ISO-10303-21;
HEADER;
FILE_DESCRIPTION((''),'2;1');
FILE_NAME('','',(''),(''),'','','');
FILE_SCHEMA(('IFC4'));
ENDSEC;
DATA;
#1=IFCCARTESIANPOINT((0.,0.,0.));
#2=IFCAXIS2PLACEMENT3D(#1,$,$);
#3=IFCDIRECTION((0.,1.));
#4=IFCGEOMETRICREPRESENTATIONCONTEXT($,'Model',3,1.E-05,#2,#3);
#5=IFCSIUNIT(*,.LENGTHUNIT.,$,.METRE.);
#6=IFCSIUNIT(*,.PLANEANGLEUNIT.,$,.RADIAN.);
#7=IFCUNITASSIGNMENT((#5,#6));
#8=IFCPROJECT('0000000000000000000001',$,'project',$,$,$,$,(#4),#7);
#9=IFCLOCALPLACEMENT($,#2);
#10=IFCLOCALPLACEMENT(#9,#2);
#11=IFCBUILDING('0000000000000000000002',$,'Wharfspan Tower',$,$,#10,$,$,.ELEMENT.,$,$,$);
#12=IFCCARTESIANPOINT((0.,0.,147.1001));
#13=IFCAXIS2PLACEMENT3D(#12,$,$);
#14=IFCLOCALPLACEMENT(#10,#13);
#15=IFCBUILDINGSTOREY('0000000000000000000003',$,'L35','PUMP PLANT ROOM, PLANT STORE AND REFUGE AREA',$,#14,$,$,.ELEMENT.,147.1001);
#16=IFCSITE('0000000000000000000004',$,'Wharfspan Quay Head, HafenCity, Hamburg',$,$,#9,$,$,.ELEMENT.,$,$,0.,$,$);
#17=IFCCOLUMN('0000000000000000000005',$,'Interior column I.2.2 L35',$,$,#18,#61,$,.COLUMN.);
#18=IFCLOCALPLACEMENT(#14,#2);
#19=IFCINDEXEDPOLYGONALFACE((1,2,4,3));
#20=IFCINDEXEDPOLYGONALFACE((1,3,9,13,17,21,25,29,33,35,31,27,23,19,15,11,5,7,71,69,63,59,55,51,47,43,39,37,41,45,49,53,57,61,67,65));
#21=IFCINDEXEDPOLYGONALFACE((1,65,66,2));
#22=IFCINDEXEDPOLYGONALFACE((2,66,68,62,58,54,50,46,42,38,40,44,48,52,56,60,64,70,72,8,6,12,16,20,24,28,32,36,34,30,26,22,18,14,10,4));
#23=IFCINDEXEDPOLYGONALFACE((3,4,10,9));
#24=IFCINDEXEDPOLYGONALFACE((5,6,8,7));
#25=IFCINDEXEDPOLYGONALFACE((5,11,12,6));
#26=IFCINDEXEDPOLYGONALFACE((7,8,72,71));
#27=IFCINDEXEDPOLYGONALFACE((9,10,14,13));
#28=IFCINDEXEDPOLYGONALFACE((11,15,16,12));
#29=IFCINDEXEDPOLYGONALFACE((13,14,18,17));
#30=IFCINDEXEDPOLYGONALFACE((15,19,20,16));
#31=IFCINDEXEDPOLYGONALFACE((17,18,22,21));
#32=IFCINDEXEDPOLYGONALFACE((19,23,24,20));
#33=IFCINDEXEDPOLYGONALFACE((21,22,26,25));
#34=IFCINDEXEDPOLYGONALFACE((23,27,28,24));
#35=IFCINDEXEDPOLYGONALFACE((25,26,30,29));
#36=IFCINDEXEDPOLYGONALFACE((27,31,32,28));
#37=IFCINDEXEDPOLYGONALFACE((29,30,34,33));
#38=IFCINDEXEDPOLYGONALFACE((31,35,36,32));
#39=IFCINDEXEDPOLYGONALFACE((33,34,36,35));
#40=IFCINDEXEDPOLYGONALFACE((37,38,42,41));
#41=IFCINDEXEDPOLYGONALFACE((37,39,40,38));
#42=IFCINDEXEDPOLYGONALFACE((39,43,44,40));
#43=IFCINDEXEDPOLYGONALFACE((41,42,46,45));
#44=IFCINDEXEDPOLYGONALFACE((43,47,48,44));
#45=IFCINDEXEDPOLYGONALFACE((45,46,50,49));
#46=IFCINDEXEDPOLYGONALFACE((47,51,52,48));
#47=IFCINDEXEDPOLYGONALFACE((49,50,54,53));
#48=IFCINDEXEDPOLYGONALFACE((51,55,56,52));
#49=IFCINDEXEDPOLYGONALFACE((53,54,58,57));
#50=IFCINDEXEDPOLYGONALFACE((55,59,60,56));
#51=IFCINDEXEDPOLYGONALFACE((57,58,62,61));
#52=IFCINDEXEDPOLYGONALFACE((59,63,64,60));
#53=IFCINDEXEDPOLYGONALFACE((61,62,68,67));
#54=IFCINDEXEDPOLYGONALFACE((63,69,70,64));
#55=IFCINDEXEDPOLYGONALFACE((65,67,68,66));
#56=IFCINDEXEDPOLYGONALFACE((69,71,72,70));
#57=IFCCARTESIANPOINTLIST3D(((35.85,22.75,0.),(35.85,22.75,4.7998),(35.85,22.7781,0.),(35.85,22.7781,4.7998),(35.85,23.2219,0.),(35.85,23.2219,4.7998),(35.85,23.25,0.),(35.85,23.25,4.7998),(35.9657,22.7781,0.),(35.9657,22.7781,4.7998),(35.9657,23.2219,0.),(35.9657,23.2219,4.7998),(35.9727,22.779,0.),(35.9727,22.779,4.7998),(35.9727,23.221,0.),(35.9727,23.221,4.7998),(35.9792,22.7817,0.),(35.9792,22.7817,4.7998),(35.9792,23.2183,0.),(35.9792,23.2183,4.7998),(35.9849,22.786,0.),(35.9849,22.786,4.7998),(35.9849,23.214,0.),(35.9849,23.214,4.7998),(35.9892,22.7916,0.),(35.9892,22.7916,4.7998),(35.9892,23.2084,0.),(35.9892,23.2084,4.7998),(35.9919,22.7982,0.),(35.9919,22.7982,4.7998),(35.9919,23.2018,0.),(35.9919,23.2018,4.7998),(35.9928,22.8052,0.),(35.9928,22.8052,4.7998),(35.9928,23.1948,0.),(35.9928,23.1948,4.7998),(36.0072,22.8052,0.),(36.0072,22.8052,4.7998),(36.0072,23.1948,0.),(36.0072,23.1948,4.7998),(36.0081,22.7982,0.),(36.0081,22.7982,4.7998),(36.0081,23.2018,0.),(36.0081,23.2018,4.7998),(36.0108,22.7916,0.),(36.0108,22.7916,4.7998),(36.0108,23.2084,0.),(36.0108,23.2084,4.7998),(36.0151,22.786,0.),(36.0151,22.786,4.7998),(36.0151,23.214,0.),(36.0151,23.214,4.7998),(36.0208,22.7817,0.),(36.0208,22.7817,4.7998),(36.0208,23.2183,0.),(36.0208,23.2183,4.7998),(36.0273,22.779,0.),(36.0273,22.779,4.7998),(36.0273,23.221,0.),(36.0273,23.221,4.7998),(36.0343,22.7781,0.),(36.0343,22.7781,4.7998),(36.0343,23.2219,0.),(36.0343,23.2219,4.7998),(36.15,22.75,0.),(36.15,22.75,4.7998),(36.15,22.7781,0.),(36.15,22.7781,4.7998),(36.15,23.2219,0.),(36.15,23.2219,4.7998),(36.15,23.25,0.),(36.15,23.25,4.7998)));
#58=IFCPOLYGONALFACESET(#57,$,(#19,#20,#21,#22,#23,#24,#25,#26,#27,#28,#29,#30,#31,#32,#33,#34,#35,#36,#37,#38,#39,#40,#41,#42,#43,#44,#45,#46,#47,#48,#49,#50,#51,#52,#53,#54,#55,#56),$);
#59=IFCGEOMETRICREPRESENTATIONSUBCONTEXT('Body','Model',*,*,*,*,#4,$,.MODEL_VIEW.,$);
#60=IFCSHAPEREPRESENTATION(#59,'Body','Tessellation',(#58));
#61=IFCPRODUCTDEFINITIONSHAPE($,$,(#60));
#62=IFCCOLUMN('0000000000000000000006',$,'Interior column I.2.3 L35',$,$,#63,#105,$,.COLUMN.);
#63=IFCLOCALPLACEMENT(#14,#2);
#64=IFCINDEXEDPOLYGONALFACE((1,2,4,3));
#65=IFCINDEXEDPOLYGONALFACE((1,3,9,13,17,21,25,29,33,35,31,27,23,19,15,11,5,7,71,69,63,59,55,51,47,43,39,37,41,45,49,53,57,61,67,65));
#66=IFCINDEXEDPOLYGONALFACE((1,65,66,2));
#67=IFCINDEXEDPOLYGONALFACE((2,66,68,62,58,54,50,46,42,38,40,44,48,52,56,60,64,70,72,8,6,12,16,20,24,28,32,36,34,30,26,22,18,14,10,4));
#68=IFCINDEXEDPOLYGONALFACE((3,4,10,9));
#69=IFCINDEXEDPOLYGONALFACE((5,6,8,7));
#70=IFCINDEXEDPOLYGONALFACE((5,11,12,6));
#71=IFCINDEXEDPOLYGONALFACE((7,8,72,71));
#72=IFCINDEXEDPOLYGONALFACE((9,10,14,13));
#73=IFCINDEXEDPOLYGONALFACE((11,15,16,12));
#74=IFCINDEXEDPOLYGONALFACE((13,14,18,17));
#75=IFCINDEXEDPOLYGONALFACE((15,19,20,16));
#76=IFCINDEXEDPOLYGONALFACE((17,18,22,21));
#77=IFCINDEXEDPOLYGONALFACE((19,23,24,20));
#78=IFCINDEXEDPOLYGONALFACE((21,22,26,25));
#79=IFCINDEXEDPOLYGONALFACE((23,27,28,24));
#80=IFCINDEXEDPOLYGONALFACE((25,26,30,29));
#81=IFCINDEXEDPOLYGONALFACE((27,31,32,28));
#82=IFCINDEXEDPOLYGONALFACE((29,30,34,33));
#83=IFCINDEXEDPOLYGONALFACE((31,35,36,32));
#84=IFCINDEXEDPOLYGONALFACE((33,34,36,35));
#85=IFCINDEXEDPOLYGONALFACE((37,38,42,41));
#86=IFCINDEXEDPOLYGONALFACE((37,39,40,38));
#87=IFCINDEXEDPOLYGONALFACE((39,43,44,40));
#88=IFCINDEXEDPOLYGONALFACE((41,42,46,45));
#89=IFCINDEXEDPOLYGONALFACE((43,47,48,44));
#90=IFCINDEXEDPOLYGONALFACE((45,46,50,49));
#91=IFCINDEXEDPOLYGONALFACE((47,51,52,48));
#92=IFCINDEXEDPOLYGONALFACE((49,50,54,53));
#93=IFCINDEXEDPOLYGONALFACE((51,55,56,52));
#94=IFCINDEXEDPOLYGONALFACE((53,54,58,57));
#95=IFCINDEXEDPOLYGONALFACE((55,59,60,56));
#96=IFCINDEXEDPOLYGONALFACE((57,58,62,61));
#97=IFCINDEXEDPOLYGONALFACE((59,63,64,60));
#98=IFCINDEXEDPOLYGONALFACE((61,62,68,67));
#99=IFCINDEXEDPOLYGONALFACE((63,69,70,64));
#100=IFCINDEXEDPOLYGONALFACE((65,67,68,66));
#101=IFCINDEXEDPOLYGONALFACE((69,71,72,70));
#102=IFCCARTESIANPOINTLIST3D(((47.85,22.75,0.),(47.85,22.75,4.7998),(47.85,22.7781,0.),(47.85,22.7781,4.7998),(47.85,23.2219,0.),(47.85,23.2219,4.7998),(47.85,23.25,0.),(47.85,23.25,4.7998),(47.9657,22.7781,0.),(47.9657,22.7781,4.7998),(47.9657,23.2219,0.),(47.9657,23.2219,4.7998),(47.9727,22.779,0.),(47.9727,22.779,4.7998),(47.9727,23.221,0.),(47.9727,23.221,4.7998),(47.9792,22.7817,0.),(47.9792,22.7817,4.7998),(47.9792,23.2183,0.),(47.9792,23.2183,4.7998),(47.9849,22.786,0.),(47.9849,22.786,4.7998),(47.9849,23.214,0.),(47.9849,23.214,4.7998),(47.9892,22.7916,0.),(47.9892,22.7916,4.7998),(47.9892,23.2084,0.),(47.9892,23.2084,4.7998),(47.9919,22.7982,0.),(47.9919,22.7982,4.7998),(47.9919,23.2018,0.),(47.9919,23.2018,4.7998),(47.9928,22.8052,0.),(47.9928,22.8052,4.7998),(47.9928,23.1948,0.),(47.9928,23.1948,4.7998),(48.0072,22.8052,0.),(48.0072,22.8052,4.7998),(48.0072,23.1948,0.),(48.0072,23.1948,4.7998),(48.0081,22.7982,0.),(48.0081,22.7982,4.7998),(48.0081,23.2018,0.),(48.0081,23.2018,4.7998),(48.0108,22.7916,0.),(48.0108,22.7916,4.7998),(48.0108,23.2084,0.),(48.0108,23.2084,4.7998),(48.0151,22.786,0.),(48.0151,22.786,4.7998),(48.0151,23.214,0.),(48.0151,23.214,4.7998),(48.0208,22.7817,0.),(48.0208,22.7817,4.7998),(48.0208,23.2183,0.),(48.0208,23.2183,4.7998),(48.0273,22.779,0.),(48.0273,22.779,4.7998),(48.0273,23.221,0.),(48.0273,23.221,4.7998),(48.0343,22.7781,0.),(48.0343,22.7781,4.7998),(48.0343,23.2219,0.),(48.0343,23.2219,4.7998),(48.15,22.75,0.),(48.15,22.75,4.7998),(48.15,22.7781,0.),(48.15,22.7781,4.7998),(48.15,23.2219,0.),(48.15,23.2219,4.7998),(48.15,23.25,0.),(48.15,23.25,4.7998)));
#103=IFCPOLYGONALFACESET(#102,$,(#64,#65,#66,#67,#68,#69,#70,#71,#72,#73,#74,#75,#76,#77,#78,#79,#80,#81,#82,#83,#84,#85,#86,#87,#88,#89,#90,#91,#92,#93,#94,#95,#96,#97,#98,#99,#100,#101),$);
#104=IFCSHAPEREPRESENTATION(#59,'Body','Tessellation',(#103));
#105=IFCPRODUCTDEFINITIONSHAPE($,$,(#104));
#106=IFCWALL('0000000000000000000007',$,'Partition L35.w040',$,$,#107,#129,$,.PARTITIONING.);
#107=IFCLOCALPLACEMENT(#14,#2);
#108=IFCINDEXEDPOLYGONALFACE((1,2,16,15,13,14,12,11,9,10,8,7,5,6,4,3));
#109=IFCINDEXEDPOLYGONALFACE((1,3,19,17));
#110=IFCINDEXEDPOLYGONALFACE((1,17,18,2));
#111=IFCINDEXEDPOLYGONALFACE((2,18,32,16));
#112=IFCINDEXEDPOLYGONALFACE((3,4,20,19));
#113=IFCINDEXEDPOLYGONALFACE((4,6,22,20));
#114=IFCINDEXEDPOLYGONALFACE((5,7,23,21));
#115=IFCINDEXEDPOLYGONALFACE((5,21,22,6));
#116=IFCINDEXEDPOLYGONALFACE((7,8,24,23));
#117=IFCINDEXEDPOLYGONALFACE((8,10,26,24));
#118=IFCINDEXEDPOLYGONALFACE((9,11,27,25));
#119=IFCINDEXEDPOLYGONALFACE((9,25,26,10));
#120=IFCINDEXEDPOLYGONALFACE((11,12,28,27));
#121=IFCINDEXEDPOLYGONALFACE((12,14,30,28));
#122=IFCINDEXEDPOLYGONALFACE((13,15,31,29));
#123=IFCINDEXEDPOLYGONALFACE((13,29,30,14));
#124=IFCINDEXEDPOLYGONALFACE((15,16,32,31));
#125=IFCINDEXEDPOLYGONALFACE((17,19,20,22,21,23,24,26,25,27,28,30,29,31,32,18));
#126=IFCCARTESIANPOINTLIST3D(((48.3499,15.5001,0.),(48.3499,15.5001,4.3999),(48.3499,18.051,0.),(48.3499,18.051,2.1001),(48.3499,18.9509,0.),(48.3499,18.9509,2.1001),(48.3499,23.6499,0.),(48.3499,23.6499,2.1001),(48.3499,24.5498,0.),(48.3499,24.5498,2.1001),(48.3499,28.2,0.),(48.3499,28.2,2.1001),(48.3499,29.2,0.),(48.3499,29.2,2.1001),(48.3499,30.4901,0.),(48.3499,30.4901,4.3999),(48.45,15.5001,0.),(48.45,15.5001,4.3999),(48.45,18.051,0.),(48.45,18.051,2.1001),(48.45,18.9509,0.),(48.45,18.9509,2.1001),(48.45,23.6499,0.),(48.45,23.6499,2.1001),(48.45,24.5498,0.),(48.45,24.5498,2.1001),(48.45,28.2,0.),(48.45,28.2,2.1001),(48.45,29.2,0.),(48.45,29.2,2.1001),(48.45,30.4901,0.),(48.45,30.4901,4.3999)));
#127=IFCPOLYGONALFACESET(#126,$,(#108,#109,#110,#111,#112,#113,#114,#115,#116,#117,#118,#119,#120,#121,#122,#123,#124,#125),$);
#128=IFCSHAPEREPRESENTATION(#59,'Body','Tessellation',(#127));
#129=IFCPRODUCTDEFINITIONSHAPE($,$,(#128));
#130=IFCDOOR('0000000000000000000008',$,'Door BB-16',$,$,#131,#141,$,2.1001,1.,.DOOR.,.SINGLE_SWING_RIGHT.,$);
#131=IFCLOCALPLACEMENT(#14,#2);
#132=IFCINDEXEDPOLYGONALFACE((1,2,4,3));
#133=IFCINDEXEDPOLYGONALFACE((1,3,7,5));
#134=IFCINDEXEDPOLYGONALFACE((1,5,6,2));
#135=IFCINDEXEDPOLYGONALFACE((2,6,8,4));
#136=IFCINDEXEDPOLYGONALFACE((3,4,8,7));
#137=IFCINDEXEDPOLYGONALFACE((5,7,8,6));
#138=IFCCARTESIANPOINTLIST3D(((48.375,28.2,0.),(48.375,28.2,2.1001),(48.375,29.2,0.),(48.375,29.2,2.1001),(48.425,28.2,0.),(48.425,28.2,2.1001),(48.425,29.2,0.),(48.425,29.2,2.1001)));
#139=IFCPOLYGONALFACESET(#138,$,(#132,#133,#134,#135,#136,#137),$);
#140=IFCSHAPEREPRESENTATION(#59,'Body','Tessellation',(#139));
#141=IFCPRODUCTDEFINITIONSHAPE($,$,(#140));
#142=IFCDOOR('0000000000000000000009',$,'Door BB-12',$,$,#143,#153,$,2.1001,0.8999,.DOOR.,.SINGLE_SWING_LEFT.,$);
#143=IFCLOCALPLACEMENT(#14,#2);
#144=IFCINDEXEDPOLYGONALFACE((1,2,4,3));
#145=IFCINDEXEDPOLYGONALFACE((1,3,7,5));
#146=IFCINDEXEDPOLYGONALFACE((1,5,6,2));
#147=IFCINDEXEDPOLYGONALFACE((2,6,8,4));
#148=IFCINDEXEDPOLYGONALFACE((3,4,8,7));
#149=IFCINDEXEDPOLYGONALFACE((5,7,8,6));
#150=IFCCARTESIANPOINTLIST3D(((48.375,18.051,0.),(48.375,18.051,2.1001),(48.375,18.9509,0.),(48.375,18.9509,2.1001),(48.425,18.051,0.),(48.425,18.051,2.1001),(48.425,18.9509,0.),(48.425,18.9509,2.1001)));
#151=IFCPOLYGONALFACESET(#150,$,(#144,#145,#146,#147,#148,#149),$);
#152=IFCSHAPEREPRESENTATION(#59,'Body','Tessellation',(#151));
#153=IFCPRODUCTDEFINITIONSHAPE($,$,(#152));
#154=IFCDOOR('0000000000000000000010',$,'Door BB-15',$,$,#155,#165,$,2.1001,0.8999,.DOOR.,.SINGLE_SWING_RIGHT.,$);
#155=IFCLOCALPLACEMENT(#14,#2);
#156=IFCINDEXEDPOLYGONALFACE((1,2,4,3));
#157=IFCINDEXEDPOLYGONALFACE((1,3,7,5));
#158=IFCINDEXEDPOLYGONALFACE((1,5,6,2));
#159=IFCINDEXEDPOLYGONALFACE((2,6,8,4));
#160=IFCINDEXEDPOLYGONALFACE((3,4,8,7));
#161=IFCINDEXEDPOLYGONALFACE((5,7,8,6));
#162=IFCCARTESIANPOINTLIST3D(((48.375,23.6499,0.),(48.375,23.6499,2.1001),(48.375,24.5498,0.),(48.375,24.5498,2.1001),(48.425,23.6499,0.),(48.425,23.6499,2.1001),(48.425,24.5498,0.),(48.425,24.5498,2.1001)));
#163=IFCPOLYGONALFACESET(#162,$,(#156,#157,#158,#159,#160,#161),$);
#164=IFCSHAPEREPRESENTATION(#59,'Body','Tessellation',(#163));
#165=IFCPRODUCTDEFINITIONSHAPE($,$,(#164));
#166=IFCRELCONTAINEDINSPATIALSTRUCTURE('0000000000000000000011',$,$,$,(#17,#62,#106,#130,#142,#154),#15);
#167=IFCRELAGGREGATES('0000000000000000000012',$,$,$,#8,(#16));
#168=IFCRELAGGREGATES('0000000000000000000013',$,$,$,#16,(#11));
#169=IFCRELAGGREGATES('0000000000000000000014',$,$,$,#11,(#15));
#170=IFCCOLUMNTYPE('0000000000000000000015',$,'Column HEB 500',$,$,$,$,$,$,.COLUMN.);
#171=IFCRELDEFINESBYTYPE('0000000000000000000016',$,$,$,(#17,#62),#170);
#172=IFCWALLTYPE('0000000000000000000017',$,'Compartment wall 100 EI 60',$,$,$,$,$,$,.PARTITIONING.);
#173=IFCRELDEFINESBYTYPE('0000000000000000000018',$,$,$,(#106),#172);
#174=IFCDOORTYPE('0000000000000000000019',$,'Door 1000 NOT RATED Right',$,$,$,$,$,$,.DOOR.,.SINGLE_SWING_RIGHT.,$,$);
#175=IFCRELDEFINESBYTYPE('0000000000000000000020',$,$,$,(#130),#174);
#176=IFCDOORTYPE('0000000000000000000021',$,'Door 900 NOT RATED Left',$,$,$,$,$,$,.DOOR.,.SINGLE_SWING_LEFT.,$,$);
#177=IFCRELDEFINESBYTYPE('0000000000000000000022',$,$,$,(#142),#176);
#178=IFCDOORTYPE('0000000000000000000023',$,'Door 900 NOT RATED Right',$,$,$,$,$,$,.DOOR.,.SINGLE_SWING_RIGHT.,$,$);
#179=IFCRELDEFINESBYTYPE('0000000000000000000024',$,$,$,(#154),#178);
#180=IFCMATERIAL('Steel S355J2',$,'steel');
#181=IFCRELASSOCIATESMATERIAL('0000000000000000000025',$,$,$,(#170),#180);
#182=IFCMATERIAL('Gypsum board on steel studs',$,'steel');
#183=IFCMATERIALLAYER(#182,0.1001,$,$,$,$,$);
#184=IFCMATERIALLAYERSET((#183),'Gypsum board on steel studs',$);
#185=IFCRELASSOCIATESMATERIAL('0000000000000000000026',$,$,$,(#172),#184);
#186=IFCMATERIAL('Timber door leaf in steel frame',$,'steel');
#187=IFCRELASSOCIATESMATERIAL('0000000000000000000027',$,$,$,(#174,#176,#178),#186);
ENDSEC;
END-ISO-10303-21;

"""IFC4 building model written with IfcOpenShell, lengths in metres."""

from ifc_helpers import new_model, si_unit, direction, frame, frame_2d, origin, origin_2d, place, context, subcontext, project, spatial, rectangle, i_section, extrude, material, layer, layer_set, material_profile, profile_set, type_object, element, fill, save


model = new_model("IFC4")

# Units and contexts
model_context = context("Model", 3, precision=1e-05, world=origin(), true_north=direction((0.0, 1.0)))
body_context = subcontext(model_context, "Body", "Model", "MODEL_VIEW")
ifc_project = project(units=[si_unit("LENGTHUNIT", "METRE"), si_unit("PLANEANGLEUNIT", "RADIAN")], contexts=[model_context])

# Site, building, storey
site_placement = place(None, origin())
site = spatial("IfcSite", under=ifc_project, at=site_placement, Name="Wharfspan Quay Head, HafenCity, Hamburg", CompositionType="ELEMENT", RefElevation=0.0)
building_placement = place(site_placement, origin())
building = spatial("IfcBuilding", under=site, at=building_placement, Name="Wharfspan Tower", CompositionType="ELEMENT")
storey_placement = place(building_placement, frame((0.0, 0.0, 147.1001)))
storey = spatial("IfcBuildingStorey", under=building, at=storey_placement, Name="L35", Description="PUMP PLANT ROOM, PLANT STORE AND REFUGE AREA", CompositionType="ELEMENT", Elevation=147.1001)

# Columns
ifc_material_1 = material(Name="Steel S355J2", Category="steel")
ifc_material_profile = material_profile(ifc_material_1, i_section(OverallWidth=0.3, OverallDepth=0.5, WebThickness=0.0144, FlangeThickness=0.0281, FilletRadius=0.0271, at=origin_2d()))
ifc_profile_set = profile_set([ifc_material_profile], Name="Steel S355J2")
column_type = type_object("IfcColumnType", Name="Column HEB 500", PredefinedType="COLUMN", material=ifc_profile_set)
for number, where, z_axis, x_axis, name in (
    (1, (36.0, 23.0, 0.0), (0.0, 0.0, 1.0), (1.0, 0.0, 0.0), "Interior column I.2.2 L35"),
    (2, (48.0, 23.0, 0.0), (0.0, 0.0, 1.0), (1.0, 0.0, 0.0), "Interior column I.2.3 L35"),
):
    element("IfcColumn", number, at=place(storey_placement, frame(where, z_axis=z_axis, x_axis=x_axis)), inside=storey, type_object=column_type, Name=name, PredefinedType="COLUMN", context=body_context, shape_type="SweptSolid", body=[
        extrude(i_section(OverallWidth=0.3, OverallDepth=0.5, WebThickness=0.0144, FlangeThickness=0.0281, FilletRadius=0.0271, at=origin_2d()), origin(), (0.0, 0.0, 1.0), 4.7998),
    ])

# Wall, openings, doors
ifc_material_2 = material(Name="Gypsum board on steel studs", Category="steel")
ifc_layer_1 = layer(ifc_material_2, 0.1001)
ifc_layer_set_1 = layer_set([ifc_layer_1], Name="Gypsum board on steel studs")
wall_type_1 = type_object("IfcWallType", Name="Compartment wall 100 EI 60", PredefinedType="PARTITIONING", material=ifc_layer_set_1)
wall_1_placement = place(storey_placement, frame((48.3999, 15.5, 0.0), z_axis=(0.0, 0.0, 1.0), x_axis=(0.0, 1.0, 0.0)))
wall_1 = element("IfcWall", 3, at=wall_1_placement, inside=storey, type_object=wall_type_1, Name="Partition L35.w040", PredefinedType="PARTITIONING", context=body_context, shape_type="SweptSolid", body=[
    extrude(rectangle(XDim=14.99, YDim=0.1001, at=frame_2d((7.4951, 0.0))), origin(), (0.0, 0.0, 1.0), 4.3999),
])
opening_1_placement = place(wall_1_placement, frame((2.551, 0.0, 0.0)))
opening_1 = element("IfcOpeningElement", 4, at=opening_1_placement, cuts=wall_1, PredefinedType="OPENING", context=body_context, shape_type="SweptSolid", body=[
    extrude(rectangle(XDim=0.8999, YDim=2.1001, at=frame_2d((0.45, 1.05))), frame((0.0, 0.0601, 0.0), z_axis=(0.0, -1.0, 0.0), x_axis=(1.0, 0.0, 0.0)), (0.0, 0.0, 1.0), 0.1201),
])
opening_2_placement = place(wall_1_placement, frame((8.1499, 0.0, 0.0)))
opening_2 = element("IfcOpeningElement", 5, at=opening_2_placement, cuts=wall_1, PredefinedType="OPENING", context=body_context, shape_type="SweptSolid", body=[
    extrude(rectangle(XDim=0.8999, YDim=2.1001, at=frame_2d((0.45, 1.05))), frame((0.0, 0.0601, 0.0), z_axis=(0.0, -1.0, 0.0), x_axis=(1.0, 0.0, 0.0)), (0.0, 0.0, 1.0), 0.1201),
])
opening_3_placement = place(wall_1_placement, frame((12.7, 0.0, 0.0)))
opening_3 = element("IfcOpeningElement", 6, at=opening_3_placement, cuts=wall_1, PredefinedType="OPENING", context=body_context, shape_type="SweptSolid", body=[
    extrude(rectangle(XDim=1.0, YDim=2.1001, at=frame_2d((0.5, 1.05))), frame((0.0, 0.0601, 0.0), z_axis=(0.0, -1.0, 0.0), x_axis=(1.0, 0.0, 0.0)), (0.0, 0.0, 1.0), 0.1201),
])
ifc_material_3 = material(Name="Timber door leaf in steel frame", Category="steel")
door_type_1 = type_object("IfcDoorType", Name="Door 1000 NOT RATED Right", OperationType="SINGLE_SWING_RIGHT", PredefinedType="DOOR", material=ifc_material_3)
door_1_placement = place(opening_3_placement, origin())
door_1 = element("IfcDoor", 7, at=door_1_placement, inside=storey, type_object=door_type_1, Name="Door BB-16", OperationType="SINGLE_SWING_RIGHT", OverallHeight=2.1001, OverallWidth=1.0, PredefinedType="DOOR", context=body_context, shape_type="SweptSolid", body=[
    extrude(rectangle(XDim=1.0, YDim=2.1001, at=frame_2d((0.5, 1.05))), frame((0.0, 0.0249, 0.0), z_axis=(0.0, -1.0, 0.0), x_axis=(1.0, 0.0, 0.0)), (0.0, 0.0, 1.0), 0.05),
])
fill(opening_3, door_1)
door_type_2 = type_object("IfcDoorType", Name="Door 900 NOT RATED Left", OperationType="SINGLE_SWING_LEFT", PredefinedType="DOOR", material=ifc_material_3)
door_2_placement = place(opening_1_placement, origin())
door_2 = element("IfcDoor", 8, at=door_2_placement, inside=storey, type_object=door_type_2, Name="Door BB-12", OperationType="SINGLE_SWING_LEFT", OverallHeight=2.1001, OverallWidth=0.8999, PredefinedType="DOOR", context=body_context, shape_type="SweptSolid", body=[
    extrude(rectangle(XDim=0.8999, YDim=2.1001, at=frame_2d((0.45, 1.05))), frame((0.0, 0.0249, 0.0), z_axis=(0.0, -1.0, 0.0), x_axis=(1.0, 0.0, 0.0)), (0.0, 0.0, 1.0), 0.05),
])
fill(opening_1, door_2)
door_type_3 = type_object("IfcDoorType", Name="Door 900 NOT RATED Right", OperationType="SINGLE_SWING_RIGHT", PredefinedType="DOOR", material=ifc_material_3)
door_3_placement = place(opening_2_placement, origin())
door_3 = element("IfcDoor", 9, at=door_3_placement, inside=storey, type_object=door_type_3, Name="Door BB-15", OperationType="SINGLE_SWING_RIGHT", OverallHeight=2.1001, OverallWidth=0.8999, PredefinedType="DOOR", context=body_context, shape_type="SweptSolid", body=[
    extrude(rectangle(XDim=0.8999, YDim=2.1001, at=frame_2d((0.45, 1.05))), frame((0.0, 0.0249, 0.0), z_axis=(0.0, -1.0, 0.0), x_axis=(1.0, 0.0, 0.0)), (0.0, 0.0, 1.0), 0.05),
])
fill(opening_2, door_3)

save(model, "model.ifc")
